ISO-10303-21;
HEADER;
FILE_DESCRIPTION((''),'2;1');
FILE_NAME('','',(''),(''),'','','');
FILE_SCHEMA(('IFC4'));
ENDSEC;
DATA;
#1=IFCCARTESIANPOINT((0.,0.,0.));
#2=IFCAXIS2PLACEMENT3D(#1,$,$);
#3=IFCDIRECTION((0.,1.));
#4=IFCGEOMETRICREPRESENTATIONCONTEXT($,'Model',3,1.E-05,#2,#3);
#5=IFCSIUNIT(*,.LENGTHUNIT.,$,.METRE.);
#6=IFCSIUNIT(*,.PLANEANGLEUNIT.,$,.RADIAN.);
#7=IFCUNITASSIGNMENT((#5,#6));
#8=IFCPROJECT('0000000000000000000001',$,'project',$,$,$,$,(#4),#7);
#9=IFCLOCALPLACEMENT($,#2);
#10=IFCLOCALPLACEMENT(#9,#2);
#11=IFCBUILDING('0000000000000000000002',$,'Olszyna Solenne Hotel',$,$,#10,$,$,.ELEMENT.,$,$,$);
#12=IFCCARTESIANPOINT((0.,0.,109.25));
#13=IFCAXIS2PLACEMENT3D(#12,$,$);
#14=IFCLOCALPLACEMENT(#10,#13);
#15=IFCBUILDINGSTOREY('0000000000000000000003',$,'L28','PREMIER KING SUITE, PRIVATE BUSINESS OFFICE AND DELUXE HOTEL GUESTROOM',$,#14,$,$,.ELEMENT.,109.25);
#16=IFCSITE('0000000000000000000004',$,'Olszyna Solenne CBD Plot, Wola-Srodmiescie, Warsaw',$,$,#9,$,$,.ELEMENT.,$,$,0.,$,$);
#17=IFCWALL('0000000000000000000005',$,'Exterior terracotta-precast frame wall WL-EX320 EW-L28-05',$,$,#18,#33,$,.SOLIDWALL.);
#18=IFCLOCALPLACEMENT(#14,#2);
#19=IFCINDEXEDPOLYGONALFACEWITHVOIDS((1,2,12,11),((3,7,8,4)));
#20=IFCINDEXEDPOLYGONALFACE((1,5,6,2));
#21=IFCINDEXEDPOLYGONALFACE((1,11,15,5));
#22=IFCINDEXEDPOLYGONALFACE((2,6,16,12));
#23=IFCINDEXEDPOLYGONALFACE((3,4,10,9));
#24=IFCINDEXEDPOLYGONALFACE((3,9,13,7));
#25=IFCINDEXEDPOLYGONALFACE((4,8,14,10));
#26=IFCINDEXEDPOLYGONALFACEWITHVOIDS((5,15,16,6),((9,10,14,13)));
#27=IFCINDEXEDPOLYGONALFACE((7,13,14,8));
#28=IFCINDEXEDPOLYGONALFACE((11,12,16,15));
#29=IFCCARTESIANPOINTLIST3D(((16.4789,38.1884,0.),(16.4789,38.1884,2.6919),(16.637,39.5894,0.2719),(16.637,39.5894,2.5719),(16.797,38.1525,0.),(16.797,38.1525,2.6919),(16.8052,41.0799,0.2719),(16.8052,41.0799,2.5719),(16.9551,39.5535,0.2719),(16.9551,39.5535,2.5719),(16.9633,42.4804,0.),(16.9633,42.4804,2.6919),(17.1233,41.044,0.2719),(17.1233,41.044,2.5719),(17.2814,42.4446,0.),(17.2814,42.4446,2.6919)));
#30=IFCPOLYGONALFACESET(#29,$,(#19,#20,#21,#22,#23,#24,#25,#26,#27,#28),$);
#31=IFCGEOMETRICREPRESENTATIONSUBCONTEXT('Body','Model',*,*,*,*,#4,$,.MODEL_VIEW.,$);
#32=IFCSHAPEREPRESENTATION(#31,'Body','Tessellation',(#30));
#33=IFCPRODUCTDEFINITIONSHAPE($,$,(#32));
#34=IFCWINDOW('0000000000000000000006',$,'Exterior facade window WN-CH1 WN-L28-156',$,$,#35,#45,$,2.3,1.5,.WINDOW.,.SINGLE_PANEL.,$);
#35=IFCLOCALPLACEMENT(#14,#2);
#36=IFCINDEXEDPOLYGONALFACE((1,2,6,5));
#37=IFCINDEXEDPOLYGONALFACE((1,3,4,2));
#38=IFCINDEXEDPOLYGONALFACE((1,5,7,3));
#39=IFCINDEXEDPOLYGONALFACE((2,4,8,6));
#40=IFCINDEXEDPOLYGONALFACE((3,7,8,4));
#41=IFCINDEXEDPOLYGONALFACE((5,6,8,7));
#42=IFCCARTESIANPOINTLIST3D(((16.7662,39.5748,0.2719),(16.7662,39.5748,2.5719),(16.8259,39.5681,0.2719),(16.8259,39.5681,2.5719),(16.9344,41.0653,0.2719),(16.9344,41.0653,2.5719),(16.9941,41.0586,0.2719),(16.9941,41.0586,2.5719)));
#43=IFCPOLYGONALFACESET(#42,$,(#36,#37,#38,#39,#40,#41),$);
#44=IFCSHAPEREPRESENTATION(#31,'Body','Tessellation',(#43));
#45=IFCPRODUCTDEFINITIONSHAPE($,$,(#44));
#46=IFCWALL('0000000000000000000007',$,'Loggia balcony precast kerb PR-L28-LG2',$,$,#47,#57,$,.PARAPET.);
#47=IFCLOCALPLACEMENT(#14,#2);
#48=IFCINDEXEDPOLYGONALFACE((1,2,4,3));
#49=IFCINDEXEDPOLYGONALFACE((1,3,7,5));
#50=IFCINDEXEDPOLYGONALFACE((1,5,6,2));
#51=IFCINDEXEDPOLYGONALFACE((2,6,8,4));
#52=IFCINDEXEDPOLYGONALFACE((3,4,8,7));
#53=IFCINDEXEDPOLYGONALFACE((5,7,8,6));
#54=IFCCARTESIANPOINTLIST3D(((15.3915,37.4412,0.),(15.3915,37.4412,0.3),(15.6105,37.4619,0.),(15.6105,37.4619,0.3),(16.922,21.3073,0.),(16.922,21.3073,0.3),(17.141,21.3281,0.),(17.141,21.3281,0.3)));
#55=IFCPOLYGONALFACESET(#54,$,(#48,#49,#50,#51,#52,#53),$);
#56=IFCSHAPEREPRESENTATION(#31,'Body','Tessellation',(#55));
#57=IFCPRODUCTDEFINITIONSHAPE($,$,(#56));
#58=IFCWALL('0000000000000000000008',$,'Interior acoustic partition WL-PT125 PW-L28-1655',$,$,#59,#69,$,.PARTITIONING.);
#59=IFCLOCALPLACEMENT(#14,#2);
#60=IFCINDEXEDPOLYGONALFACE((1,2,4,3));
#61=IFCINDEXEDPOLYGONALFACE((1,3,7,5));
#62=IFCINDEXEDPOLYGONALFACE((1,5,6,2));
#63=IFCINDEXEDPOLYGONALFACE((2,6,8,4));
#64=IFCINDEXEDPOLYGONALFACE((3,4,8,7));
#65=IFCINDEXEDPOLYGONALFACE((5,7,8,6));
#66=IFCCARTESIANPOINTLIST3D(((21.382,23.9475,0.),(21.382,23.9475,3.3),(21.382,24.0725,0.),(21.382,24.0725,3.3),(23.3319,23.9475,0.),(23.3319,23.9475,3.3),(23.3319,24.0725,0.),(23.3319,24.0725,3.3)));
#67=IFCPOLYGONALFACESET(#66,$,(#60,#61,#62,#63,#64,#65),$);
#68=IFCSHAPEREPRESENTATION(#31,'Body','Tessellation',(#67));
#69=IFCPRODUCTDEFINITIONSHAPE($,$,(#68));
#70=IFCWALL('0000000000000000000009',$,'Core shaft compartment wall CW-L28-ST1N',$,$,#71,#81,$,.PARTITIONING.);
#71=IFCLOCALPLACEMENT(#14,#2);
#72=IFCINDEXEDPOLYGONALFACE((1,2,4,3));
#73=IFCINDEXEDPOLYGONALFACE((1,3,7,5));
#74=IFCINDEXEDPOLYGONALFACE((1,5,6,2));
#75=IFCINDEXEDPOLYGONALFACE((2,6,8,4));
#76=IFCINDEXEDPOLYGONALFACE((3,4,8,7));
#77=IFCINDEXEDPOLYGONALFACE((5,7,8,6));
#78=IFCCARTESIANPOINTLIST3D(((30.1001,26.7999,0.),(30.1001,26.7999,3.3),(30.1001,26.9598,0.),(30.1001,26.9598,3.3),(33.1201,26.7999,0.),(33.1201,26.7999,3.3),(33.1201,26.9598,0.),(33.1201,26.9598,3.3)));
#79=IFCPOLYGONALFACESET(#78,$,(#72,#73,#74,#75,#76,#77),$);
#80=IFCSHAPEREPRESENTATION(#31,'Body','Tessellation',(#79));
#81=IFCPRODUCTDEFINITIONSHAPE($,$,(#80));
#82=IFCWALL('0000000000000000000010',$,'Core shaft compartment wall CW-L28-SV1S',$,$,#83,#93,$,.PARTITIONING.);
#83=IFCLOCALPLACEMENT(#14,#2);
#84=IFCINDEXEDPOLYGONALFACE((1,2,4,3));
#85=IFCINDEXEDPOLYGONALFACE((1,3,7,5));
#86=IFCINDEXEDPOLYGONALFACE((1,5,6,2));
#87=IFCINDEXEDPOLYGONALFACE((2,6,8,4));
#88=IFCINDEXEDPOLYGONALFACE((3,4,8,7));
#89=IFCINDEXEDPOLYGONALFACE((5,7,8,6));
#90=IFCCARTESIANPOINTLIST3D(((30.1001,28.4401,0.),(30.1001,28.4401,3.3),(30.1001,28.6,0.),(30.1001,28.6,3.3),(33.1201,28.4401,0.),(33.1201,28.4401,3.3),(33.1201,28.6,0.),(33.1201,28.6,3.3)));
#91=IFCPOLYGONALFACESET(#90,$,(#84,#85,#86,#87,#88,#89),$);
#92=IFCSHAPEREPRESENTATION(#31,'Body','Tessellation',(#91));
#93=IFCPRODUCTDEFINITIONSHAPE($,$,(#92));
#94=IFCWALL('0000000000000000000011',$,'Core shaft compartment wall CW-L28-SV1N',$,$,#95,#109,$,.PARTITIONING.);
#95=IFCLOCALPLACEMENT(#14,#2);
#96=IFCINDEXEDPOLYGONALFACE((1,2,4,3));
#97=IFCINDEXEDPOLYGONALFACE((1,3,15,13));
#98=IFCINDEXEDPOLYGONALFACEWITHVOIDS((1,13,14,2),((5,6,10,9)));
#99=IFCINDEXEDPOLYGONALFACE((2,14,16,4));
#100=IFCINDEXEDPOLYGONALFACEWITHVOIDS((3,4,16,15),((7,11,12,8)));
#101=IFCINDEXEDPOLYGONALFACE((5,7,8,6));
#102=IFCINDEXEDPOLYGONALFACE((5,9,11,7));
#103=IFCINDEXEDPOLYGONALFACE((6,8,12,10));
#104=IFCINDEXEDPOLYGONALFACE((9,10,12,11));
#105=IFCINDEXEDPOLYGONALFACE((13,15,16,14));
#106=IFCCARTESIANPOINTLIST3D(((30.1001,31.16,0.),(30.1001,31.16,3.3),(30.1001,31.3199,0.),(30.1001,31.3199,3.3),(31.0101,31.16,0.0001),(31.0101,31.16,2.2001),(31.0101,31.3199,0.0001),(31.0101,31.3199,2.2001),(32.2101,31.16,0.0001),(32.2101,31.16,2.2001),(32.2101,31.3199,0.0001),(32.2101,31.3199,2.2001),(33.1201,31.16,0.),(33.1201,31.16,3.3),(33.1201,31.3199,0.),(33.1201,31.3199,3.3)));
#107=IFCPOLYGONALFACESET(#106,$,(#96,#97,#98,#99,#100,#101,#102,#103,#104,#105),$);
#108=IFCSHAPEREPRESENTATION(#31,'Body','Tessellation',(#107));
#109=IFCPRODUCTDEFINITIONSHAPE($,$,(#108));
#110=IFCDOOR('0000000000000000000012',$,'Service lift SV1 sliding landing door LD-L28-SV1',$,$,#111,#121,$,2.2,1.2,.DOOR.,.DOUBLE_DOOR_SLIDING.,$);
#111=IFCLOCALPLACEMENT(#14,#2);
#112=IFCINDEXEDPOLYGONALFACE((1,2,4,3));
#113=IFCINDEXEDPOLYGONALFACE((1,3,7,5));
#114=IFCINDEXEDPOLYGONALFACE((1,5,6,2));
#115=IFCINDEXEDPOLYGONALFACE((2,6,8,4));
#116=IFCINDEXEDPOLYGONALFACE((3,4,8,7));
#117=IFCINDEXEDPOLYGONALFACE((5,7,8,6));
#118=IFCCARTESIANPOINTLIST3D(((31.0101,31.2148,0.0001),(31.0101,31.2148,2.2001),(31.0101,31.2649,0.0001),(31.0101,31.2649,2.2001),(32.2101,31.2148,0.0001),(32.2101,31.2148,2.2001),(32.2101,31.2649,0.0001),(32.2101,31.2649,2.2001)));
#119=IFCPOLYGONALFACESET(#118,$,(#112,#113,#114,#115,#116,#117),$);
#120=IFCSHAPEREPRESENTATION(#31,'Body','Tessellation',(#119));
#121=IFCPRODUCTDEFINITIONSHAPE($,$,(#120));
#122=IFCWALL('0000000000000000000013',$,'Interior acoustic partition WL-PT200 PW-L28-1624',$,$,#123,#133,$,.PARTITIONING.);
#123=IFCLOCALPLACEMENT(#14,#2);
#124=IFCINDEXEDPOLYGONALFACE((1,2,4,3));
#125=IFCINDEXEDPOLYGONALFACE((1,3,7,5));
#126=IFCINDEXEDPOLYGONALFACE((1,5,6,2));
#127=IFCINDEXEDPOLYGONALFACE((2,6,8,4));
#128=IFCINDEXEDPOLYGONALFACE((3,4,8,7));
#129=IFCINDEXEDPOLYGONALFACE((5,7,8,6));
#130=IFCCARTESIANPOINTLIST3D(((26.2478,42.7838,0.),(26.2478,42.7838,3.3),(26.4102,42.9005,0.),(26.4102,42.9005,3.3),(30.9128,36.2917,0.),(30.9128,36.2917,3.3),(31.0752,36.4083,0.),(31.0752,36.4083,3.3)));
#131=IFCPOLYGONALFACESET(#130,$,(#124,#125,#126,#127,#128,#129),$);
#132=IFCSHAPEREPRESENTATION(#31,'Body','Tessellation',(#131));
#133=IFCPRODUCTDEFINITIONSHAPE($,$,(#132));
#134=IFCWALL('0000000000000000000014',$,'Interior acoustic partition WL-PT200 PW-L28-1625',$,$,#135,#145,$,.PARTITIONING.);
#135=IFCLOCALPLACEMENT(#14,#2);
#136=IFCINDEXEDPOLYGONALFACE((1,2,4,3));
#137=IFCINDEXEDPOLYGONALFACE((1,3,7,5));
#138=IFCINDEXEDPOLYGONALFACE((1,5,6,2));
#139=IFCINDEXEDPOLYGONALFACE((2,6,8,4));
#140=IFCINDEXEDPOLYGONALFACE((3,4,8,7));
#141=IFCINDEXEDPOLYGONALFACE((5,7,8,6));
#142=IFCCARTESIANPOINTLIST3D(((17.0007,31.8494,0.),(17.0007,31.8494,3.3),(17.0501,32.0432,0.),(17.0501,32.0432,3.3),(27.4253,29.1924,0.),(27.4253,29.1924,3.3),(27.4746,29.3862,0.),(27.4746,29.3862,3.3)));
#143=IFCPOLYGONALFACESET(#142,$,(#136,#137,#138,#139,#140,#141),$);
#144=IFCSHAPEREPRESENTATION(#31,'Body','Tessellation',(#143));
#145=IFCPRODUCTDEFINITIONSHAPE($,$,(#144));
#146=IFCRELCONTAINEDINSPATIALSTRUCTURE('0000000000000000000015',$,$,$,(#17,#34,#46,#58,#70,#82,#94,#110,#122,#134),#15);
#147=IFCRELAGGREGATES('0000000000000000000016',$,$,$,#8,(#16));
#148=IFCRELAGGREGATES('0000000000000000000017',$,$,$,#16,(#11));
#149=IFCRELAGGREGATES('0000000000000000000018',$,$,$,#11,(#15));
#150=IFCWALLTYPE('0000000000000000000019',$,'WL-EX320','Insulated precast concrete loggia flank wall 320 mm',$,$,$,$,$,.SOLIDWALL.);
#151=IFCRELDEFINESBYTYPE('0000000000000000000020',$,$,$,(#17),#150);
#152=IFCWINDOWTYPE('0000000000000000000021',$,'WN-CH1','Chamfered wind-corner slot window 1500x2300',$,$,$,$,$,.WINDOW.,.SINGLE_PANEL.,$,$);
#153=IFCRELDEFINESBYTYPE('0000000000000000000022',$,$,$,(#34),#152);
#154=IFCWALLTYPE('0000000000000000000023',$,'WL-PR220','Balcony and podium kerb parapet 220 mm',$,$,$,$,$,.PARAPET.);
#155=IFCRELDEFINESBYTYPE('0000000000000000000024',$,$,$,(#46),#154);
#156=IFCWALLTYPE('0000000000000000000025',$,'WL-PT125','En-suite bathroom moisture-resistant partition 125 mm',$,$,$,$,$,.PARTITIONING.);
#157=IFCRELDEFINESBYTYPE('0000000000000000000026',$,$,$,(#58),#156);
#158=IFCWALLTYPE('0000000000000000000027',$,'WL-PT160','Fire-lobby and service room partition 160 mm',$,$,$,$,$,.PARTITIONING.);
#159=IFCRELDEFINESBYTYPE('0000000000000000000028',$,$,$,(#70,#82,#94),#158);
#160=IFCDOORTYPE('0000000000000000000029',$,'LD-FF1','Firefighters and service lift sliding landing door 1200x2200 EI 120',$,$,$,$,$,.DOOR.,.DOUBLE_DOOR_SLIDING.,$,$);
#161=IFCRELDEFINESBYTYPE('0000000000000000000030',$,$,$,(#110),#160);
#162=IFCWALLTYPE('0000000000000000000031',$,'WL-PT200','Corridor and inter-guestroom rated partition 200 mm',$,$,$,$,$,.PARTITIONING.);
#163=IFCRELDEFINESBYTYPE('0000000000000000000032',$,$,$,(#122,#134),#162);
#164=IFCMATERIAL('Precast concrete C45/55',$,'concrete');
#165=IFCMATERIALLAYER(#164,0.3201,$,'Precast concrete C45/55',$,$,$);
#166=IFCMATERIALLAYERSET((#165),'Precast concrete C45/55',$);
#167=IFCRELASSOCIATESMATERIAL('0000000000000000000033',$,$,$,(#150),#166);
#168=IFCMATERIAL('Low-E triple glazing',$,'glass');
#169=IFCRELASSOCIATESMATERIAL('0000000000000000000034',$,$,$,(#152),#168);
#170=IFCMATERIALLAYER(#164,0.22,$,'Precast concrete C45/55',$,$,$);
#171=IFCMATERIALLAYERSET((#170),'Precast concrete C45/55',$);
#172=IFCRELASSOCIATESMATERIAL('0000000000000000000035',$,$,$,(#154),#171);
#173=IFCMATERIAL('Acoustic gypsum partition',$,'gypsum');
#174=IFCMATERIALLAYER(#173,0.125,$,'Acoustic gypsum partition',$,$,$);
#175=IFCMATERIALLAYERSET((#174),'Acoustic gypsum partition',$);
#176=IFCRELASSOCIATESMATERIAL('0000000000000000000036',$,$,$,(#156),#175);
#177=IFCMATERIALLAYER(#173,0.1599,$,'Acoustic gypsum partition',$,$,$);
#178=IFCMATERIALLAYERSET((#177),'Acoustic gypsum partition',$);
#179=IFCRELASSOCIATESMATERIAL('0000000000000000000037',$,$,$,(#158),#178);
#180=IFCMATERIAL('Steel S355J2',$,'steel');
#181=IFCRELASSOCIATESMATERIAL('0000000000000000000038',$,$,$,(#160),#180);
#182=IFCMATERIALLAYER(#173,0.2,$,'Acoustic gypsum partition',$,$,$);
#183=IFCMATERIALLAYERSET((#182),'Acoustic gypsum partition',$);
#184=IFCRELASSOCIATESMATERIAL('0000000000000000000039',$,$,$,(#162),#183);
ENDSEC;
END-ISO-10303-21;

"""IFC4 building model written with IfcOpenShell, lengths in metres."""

from ifc_helpers import new_model, si_unit, direction, frame, frame_2d, origin, place, context, subcontext, project, spatial, rectangle, extrude, source, transform, mapped, material, layer, layer_set, type_object, type_shapes, element, fill, save


model = new_model("IFC4")

# Units and contexts
model_context = context("Model", 3, precision=1e-05, world=origin(), true_north=direction((0.0, 1.0)))
body_context = subcontext(model_context, "Body", "Model", "MODEL_VIEW")
ifc_project = project(units=[si_unit("LENGTHUNIT", "METRE"), si_unit("PLANEANGLEUNIT", "RADIAN")], contexts=[model_context])

# Site, building, storey
site_placement = place(None, origin())
site = spatial("IfcSite", under=ifc_project, at=site_placement, Name="Olszyna Solenne CBD Plot, Wola-Srodmiescie, Warsaw", CompositionType="ELEMENT", RefElevation=0.0)
building_placement = place(site_placement, origin())
building = spatial("IfcBuilding", under=site, at=building_placement, Name="Olszyna Solenne Hotel", CompositionType="ELEMENT")
storey_placement = place(building_placement, frame((0.0, 0.0, 109.25)))
storey = spatial("IfcBuildingStorey", under=building, at=storey_placement, Name="L28", Description="PREMIER KING SUITE, PRIVATE BUSINESS OFFICE AND DELUXE HOTEL GUESTROOM", CompositionType="ELEMENT", Elevation=109.25)

# Shared definitions
ifc_material_1 = material(Name="Steel S355J2", Category="steel")

# Wall, opening, window
ifc_material_2 = material(Name="Precast concrete C45/55", Category="concrete")
ifc_layer_1 = layer(ifc_material_2, 0.3201, Name="Precast concrete C45/55")
ifc_layer_set_1 = layer_set([ifc_layer_1], Name="Precast concrete C45/55")
wall_type_1 = type_object("IfcWallType", Name="WL-EX320", Description="Insulated precast concrete loggia flank wall 320 mm", PredefinedType="SOLIDWALL", material=ifc_layer_set_1)
wall_1_placement = place(storey_placement, frame((16.6379, 38.1704, 0.0), z_axis=(0.0, 0.0, 1.0), x_axis=(0.112144, 0.993692, 0.0)))
wall_1 = element("IfcWall", 1, at=wall_1_placement, inside=storey, type_object=wall_type_1, Name="Exterior terracotta-precast frame wall WL-EX320 EW-L28-05", PredefinedType="SOLIDWALL", context=body_context, shape_type="SweptSolid", body=[
    extrude(rectangle(XDim=4.3193, YDim=0.3201, at=frame_2d((2.1597, 0.0))), origin(), (0.0, 0.0, 1.0), 2.6919),
])
opening_1_placement = place(wall_1_placement, frame((1.4099, 0.0, 0.272)))
opening_1 = element("IfcOpeningElement", 2, at=opening_1_placement, cuts=wall_1, PredefinedType="OPENING", context=body_context, shape_type="SweptSolid", body=[
    extrude(rectangle(XDim=1.5, YDim=2.3, at=frame_2d((0.75, 1.1499))), frame((0.0, 0.1699, 0.0), z_axis=(0.0, -1.0, 0.0), x_axis=(1.0, 0.0, 0.0)), (0.0, 0.0, 1.0), 0.3401),
])
ifc_material_3 = material(Name="Low-E triple glazing", Category="glass")
window_type = type_object("IfcWindowType", Name="WN-CH1", Description="Chamfered wind-corner slot window 1500x2300", PartitioningType="SINGLE_PANEL", PredefinedType="WINDOW", material=ifc_material_3)
shared_shape_1 = source(origin(), body_context, "Body", "SweptSolid", [
    extrude(rectangle(XDim=1.5, YDim=2.3, at=frame_2d((0.75, 1.1499))), frame((0.0, 0.03, 0.0), z_axis=(0.0, -1.0, 0.0), x_axis=(1.0, 0.0, 0.0)), (0.0, 0.0, 1.0), 0.0601),
])
type_shapes(window_type, [shared_shape_1])
window_placement = place(opening_1_placement, origin())
window = element("IfcWindow", 3, at=window_placement, inside=storey, type_object=window_type, Name="Exterior facade window WN-CH1 WN-L28-156", OverallHeight=2.3, OverallWidth=1.5, PartitioningType="SINGLE_PANEL", PredefinedType="WINDOW", context=body_context, shape_type="MappedRepresentation", body=[
    mapped(shared_shape_1, transform((0.0, 0.0, 0.0), x_axis=(1.0, 0.0, 0.0), y_axis=(0.0, 1.0, 0.0), z_axis=(0.0, 0.0, 1.0), scale=1.0)),
])
fill(opening_1, window)

# Walls
ifc_layer_2 = layer(ifc_material_2, 0.22, Name="Precast concrete C45/55")
ifc_layer_set_2 = layer_set([ifc_layer_2], Name="Precast concrete C45/55")
wall_type_2 = type_object("IfcWallType", Name="WL-PR220", Description="Balcony and podium kerb parapet 220 mm", PredefinedType="PARAPET", material=ifc_layer_set_2)
wall_2_placement = place(storey_placement, frame((15.501, 37.4514, 0.0), z_axis=(0.0, 0.0, 1.0), x_axis=(0.09444, -0.995531, 0.0)))
element("IfcWall", 4, at=wall_2_placement, inside=storey, type_object=wall_type_2, Name="Loggia balcony precast kerb PR-L28-LG2", PredefinedType="PARAPET", context=body_context, shape_type="SweptSolid", body=[
    extrude(rectangle(XDim=16.2063, YDim=0.22, at=frame_2d((8.103, 0.0))), origin(), (0.0, 0.0, 1.0), 0.3),
])
ifc_material_4 = material(Name="Acoustic gypsum partition", Category="gypsum")
ifc_layer_3 = layer(ifc_material_4, 0.125, Name="Acoustic gypsum partition")
ifc_layer_set_3 = layer_set([ifc_layer_3], Name="Acoustic gypsum partition")
wall_type_3 = type_object("IfcWallType", Name="WL-PT125", Description="En-suite bathroom moisture-resistant partition 125 mm", PredefinedType="PARTITIONING", material=ifc_layer_set_3)
wall_3_placement = place(storey_placement, frame((23.332, 24.01, 0.0), z_axis=(0.0, 0.0, 1.0), x_axis=(-1.0, 0.0, 0.0)))
element("IfcWall", 5, at=wall_3_placement, inside=storey, type_object=wall_type_3, Name="Interior acoustic partition WL-PT125 PW-L28-1655", PredefinedType="PARTITIONING", context=body_context, shape_type="SweptSolid", body=[
    extrude(rectangle(XDim=1.95, YDim=0.125, at=frame_2d((0.9751, 0.0))), origin(), (0.0, 0.0, 1.0), 3.3),
])
ifc_layer_4 = layer(ifc_material_4, 0.1599, Name="Acoustic gypsum partition")
ifc_layer_set_4 = layer_set([ifc_layer_4], Name="Acoustic gypsum partition")
wall_type_4 = type_object("IfcWallType", Name="WL-PT160", Description="Fire-lobby and service room partition 160 mm", PredefinedType="PARTITIONING", material=ifc_layer_set_4)
for number, where, z_axis, x_axis, name in (
    (6, (30.1001, 26.8799, 0.0), (0.0, 0.0, 1.0), (1.0, 0.0, 0.0), "Core shaft compartment wall CW-L28-ST1N"),
    (7, (30.1001, 28.52, 0.0), (0.0, 0.0, 1.0), (1.0, 0.0, 0.0), "Core shaft compartment wall CW-L28-SV1S"),
):
    element("IfcWall", number, at=place(storey_placement, frame(where, z_axis=z_axis, x_axis=x_axis)), inside=storey, type_object=wall_type_4, Name=name, PredefinedType="PARTITIONING", context=body_context, shape_type="SweptSolid", body=[
        extrude(rectangle(XDim=3.02, YDim=0.1599, at=frame_2d((1.51, 0.0))), origin(), (0.0, 0.0, 1.0), 3.3),
    ])

# Wall, opening, door
wall_4_placement = place(storey_placement, frame((30.1001, 31.24, 0.0), z_axis=(0.0, 0.0, 1.0), x_axis=(1.0, 0.0, 0.0)))
wall_4 = element("IfcWall", 8, at=wall_4_placement, inside=storey, type_object=wall_type_4, Name="Core shaft compartment wall CW-L28-SV1N", PredefinedType="PARTITIONING", context=body_context, shape_type="SweptSolid", body=[
    extrude(rectangle(XDim=3.02, YDim=0.1599, at=frame_2d((1.51, 0.0))), origin(), (0.0, 0.0, 1.0), 3.3),
])
opening_2_placement = place(wall_4_placement, frame((0.9099, 0.0, 0.0)))
opening_2 = element("IfcOpeningElement", 9, at=opening_2_placement, cuts=wall_4, PredefinedType="OPENING", context=body_context, shape_type="SweptSolid", body=[
    extrude(rectangle(XDim=1.2, YDim=2.2, at=frame_2d((0.6001, 1.1001))), frame((0.0, 0.0898, 0.0), z_axis=(0.0, -1.0, 0.0), x_axis=(1.0, 0.0, 0.0)), (0.0, 0.0, 1.0), 0.1799),
])
door_type_1 = type_object("IfcDoorType", Name="LD-FF1", Description="Firefighters and service lift sliding landing door 1200x2200 EI 120", OperationType="DOUBLE_DOOR_SLIDING", PredefinedType="DOOR", material=ifc_material_1)
shared_shape_2 = source(origin(), body_context, "Body", "SweptSolid", [
    extrude(rectangle(XDim=1.2, YDim=2.2, at=frame_2d((0.6001, 1.1001))), frame((0.0, 0.0249, 0.0), z_axis=(0.0, -1.0, 0.0), x_axis=(1.0, 0.0, 0.0)), (0.0, 0.0, 1.0), 0.05),
])
type_shapes(door_type_1, [shared_shape_2])
door_1_placement = place(opening_2_placement, origin())
door_1 = element("IfcDoor", 10, at=door_1_placement, inside=storey, type_object=door_type_1, Name="Service lift SV1 sliding landing door LD-L28-SV1", OperationType="DOUBLE_DOOR_SLIDING", OverallHeight=2.2, OverallWidth=1.2, PredefinedType="DOOR", context=body_context, shape_type="MappedRepresentation", body=[
    mapped(shared_shape_2, transform((0.0, 0.0, 0.0), x_axis=(1.0, 0.0, 0.0), y_axis=(0.0, 1.0, 0.0), z_axis=(0.0, 0.0, 1.0), scale=1.0)),
])
fill(opening_2, door_1)

# Walls
ifc_layer_5 = layer(ifc_material_4, 0.2, Name="Acoustic gypsum partition")
ifc_layer_set_5 = layer_set([ifc_layer_5], Name="Acoustic gypsum partition")
wall_type_5 = type_object("IfcWallType", Name="WL-PT200", Description="Corridor and inter-guestroom rated partition 200 mm", PredefinedType="PARTITIONING", material=ifc_layer_set_5)
wall_5_placement = place(storey_placement, frame((30.9939, 36.3501, 0.0), z_axis=(0.0, 0.0, 1.0), x_axis=(-0.583535, 0.812088, 0.0)))
element("IfcWall", 11, at=wall_5_placement, inside=storey, type_object=wall_type_5, Name="Interior acoustic partition WL-PT200 PW-L28-1624", PredefinedType="PARTITIONING", context=body_context, shape_type="SweptSolid", body=[
    extrude(rectangle(XDim=7.9944, YDim=0.2, at=frame_2d((3.9971, 0.0))), origin(), (0.0, 0.0, 1.0), 3.3),
])
wall_6_placement = place(storey_placement, frame((27.45, 29.2893, 0.0), z_axis=(0.0, 0.0, 1.0), x_axis=(-0.96902, 0.246981, 0.0)))
element("IfcWall", 12, at=wall_6_placement, inside=storey, type_object=wall_type_5, Name="Interior acoustic partition WL-PT200 PW-L28-1625", PredefinedType="PARTITIONING", context=body_context, shape_type="SweptSolid", body=[
    extrude(rectangle(XDim=10.7578, YDim=0.2, at=frame_2d((5.3789, 0.0))), origin(), (0.0, 0.0, 1.0), 3.3),
])

save(model, "model.ifc")
